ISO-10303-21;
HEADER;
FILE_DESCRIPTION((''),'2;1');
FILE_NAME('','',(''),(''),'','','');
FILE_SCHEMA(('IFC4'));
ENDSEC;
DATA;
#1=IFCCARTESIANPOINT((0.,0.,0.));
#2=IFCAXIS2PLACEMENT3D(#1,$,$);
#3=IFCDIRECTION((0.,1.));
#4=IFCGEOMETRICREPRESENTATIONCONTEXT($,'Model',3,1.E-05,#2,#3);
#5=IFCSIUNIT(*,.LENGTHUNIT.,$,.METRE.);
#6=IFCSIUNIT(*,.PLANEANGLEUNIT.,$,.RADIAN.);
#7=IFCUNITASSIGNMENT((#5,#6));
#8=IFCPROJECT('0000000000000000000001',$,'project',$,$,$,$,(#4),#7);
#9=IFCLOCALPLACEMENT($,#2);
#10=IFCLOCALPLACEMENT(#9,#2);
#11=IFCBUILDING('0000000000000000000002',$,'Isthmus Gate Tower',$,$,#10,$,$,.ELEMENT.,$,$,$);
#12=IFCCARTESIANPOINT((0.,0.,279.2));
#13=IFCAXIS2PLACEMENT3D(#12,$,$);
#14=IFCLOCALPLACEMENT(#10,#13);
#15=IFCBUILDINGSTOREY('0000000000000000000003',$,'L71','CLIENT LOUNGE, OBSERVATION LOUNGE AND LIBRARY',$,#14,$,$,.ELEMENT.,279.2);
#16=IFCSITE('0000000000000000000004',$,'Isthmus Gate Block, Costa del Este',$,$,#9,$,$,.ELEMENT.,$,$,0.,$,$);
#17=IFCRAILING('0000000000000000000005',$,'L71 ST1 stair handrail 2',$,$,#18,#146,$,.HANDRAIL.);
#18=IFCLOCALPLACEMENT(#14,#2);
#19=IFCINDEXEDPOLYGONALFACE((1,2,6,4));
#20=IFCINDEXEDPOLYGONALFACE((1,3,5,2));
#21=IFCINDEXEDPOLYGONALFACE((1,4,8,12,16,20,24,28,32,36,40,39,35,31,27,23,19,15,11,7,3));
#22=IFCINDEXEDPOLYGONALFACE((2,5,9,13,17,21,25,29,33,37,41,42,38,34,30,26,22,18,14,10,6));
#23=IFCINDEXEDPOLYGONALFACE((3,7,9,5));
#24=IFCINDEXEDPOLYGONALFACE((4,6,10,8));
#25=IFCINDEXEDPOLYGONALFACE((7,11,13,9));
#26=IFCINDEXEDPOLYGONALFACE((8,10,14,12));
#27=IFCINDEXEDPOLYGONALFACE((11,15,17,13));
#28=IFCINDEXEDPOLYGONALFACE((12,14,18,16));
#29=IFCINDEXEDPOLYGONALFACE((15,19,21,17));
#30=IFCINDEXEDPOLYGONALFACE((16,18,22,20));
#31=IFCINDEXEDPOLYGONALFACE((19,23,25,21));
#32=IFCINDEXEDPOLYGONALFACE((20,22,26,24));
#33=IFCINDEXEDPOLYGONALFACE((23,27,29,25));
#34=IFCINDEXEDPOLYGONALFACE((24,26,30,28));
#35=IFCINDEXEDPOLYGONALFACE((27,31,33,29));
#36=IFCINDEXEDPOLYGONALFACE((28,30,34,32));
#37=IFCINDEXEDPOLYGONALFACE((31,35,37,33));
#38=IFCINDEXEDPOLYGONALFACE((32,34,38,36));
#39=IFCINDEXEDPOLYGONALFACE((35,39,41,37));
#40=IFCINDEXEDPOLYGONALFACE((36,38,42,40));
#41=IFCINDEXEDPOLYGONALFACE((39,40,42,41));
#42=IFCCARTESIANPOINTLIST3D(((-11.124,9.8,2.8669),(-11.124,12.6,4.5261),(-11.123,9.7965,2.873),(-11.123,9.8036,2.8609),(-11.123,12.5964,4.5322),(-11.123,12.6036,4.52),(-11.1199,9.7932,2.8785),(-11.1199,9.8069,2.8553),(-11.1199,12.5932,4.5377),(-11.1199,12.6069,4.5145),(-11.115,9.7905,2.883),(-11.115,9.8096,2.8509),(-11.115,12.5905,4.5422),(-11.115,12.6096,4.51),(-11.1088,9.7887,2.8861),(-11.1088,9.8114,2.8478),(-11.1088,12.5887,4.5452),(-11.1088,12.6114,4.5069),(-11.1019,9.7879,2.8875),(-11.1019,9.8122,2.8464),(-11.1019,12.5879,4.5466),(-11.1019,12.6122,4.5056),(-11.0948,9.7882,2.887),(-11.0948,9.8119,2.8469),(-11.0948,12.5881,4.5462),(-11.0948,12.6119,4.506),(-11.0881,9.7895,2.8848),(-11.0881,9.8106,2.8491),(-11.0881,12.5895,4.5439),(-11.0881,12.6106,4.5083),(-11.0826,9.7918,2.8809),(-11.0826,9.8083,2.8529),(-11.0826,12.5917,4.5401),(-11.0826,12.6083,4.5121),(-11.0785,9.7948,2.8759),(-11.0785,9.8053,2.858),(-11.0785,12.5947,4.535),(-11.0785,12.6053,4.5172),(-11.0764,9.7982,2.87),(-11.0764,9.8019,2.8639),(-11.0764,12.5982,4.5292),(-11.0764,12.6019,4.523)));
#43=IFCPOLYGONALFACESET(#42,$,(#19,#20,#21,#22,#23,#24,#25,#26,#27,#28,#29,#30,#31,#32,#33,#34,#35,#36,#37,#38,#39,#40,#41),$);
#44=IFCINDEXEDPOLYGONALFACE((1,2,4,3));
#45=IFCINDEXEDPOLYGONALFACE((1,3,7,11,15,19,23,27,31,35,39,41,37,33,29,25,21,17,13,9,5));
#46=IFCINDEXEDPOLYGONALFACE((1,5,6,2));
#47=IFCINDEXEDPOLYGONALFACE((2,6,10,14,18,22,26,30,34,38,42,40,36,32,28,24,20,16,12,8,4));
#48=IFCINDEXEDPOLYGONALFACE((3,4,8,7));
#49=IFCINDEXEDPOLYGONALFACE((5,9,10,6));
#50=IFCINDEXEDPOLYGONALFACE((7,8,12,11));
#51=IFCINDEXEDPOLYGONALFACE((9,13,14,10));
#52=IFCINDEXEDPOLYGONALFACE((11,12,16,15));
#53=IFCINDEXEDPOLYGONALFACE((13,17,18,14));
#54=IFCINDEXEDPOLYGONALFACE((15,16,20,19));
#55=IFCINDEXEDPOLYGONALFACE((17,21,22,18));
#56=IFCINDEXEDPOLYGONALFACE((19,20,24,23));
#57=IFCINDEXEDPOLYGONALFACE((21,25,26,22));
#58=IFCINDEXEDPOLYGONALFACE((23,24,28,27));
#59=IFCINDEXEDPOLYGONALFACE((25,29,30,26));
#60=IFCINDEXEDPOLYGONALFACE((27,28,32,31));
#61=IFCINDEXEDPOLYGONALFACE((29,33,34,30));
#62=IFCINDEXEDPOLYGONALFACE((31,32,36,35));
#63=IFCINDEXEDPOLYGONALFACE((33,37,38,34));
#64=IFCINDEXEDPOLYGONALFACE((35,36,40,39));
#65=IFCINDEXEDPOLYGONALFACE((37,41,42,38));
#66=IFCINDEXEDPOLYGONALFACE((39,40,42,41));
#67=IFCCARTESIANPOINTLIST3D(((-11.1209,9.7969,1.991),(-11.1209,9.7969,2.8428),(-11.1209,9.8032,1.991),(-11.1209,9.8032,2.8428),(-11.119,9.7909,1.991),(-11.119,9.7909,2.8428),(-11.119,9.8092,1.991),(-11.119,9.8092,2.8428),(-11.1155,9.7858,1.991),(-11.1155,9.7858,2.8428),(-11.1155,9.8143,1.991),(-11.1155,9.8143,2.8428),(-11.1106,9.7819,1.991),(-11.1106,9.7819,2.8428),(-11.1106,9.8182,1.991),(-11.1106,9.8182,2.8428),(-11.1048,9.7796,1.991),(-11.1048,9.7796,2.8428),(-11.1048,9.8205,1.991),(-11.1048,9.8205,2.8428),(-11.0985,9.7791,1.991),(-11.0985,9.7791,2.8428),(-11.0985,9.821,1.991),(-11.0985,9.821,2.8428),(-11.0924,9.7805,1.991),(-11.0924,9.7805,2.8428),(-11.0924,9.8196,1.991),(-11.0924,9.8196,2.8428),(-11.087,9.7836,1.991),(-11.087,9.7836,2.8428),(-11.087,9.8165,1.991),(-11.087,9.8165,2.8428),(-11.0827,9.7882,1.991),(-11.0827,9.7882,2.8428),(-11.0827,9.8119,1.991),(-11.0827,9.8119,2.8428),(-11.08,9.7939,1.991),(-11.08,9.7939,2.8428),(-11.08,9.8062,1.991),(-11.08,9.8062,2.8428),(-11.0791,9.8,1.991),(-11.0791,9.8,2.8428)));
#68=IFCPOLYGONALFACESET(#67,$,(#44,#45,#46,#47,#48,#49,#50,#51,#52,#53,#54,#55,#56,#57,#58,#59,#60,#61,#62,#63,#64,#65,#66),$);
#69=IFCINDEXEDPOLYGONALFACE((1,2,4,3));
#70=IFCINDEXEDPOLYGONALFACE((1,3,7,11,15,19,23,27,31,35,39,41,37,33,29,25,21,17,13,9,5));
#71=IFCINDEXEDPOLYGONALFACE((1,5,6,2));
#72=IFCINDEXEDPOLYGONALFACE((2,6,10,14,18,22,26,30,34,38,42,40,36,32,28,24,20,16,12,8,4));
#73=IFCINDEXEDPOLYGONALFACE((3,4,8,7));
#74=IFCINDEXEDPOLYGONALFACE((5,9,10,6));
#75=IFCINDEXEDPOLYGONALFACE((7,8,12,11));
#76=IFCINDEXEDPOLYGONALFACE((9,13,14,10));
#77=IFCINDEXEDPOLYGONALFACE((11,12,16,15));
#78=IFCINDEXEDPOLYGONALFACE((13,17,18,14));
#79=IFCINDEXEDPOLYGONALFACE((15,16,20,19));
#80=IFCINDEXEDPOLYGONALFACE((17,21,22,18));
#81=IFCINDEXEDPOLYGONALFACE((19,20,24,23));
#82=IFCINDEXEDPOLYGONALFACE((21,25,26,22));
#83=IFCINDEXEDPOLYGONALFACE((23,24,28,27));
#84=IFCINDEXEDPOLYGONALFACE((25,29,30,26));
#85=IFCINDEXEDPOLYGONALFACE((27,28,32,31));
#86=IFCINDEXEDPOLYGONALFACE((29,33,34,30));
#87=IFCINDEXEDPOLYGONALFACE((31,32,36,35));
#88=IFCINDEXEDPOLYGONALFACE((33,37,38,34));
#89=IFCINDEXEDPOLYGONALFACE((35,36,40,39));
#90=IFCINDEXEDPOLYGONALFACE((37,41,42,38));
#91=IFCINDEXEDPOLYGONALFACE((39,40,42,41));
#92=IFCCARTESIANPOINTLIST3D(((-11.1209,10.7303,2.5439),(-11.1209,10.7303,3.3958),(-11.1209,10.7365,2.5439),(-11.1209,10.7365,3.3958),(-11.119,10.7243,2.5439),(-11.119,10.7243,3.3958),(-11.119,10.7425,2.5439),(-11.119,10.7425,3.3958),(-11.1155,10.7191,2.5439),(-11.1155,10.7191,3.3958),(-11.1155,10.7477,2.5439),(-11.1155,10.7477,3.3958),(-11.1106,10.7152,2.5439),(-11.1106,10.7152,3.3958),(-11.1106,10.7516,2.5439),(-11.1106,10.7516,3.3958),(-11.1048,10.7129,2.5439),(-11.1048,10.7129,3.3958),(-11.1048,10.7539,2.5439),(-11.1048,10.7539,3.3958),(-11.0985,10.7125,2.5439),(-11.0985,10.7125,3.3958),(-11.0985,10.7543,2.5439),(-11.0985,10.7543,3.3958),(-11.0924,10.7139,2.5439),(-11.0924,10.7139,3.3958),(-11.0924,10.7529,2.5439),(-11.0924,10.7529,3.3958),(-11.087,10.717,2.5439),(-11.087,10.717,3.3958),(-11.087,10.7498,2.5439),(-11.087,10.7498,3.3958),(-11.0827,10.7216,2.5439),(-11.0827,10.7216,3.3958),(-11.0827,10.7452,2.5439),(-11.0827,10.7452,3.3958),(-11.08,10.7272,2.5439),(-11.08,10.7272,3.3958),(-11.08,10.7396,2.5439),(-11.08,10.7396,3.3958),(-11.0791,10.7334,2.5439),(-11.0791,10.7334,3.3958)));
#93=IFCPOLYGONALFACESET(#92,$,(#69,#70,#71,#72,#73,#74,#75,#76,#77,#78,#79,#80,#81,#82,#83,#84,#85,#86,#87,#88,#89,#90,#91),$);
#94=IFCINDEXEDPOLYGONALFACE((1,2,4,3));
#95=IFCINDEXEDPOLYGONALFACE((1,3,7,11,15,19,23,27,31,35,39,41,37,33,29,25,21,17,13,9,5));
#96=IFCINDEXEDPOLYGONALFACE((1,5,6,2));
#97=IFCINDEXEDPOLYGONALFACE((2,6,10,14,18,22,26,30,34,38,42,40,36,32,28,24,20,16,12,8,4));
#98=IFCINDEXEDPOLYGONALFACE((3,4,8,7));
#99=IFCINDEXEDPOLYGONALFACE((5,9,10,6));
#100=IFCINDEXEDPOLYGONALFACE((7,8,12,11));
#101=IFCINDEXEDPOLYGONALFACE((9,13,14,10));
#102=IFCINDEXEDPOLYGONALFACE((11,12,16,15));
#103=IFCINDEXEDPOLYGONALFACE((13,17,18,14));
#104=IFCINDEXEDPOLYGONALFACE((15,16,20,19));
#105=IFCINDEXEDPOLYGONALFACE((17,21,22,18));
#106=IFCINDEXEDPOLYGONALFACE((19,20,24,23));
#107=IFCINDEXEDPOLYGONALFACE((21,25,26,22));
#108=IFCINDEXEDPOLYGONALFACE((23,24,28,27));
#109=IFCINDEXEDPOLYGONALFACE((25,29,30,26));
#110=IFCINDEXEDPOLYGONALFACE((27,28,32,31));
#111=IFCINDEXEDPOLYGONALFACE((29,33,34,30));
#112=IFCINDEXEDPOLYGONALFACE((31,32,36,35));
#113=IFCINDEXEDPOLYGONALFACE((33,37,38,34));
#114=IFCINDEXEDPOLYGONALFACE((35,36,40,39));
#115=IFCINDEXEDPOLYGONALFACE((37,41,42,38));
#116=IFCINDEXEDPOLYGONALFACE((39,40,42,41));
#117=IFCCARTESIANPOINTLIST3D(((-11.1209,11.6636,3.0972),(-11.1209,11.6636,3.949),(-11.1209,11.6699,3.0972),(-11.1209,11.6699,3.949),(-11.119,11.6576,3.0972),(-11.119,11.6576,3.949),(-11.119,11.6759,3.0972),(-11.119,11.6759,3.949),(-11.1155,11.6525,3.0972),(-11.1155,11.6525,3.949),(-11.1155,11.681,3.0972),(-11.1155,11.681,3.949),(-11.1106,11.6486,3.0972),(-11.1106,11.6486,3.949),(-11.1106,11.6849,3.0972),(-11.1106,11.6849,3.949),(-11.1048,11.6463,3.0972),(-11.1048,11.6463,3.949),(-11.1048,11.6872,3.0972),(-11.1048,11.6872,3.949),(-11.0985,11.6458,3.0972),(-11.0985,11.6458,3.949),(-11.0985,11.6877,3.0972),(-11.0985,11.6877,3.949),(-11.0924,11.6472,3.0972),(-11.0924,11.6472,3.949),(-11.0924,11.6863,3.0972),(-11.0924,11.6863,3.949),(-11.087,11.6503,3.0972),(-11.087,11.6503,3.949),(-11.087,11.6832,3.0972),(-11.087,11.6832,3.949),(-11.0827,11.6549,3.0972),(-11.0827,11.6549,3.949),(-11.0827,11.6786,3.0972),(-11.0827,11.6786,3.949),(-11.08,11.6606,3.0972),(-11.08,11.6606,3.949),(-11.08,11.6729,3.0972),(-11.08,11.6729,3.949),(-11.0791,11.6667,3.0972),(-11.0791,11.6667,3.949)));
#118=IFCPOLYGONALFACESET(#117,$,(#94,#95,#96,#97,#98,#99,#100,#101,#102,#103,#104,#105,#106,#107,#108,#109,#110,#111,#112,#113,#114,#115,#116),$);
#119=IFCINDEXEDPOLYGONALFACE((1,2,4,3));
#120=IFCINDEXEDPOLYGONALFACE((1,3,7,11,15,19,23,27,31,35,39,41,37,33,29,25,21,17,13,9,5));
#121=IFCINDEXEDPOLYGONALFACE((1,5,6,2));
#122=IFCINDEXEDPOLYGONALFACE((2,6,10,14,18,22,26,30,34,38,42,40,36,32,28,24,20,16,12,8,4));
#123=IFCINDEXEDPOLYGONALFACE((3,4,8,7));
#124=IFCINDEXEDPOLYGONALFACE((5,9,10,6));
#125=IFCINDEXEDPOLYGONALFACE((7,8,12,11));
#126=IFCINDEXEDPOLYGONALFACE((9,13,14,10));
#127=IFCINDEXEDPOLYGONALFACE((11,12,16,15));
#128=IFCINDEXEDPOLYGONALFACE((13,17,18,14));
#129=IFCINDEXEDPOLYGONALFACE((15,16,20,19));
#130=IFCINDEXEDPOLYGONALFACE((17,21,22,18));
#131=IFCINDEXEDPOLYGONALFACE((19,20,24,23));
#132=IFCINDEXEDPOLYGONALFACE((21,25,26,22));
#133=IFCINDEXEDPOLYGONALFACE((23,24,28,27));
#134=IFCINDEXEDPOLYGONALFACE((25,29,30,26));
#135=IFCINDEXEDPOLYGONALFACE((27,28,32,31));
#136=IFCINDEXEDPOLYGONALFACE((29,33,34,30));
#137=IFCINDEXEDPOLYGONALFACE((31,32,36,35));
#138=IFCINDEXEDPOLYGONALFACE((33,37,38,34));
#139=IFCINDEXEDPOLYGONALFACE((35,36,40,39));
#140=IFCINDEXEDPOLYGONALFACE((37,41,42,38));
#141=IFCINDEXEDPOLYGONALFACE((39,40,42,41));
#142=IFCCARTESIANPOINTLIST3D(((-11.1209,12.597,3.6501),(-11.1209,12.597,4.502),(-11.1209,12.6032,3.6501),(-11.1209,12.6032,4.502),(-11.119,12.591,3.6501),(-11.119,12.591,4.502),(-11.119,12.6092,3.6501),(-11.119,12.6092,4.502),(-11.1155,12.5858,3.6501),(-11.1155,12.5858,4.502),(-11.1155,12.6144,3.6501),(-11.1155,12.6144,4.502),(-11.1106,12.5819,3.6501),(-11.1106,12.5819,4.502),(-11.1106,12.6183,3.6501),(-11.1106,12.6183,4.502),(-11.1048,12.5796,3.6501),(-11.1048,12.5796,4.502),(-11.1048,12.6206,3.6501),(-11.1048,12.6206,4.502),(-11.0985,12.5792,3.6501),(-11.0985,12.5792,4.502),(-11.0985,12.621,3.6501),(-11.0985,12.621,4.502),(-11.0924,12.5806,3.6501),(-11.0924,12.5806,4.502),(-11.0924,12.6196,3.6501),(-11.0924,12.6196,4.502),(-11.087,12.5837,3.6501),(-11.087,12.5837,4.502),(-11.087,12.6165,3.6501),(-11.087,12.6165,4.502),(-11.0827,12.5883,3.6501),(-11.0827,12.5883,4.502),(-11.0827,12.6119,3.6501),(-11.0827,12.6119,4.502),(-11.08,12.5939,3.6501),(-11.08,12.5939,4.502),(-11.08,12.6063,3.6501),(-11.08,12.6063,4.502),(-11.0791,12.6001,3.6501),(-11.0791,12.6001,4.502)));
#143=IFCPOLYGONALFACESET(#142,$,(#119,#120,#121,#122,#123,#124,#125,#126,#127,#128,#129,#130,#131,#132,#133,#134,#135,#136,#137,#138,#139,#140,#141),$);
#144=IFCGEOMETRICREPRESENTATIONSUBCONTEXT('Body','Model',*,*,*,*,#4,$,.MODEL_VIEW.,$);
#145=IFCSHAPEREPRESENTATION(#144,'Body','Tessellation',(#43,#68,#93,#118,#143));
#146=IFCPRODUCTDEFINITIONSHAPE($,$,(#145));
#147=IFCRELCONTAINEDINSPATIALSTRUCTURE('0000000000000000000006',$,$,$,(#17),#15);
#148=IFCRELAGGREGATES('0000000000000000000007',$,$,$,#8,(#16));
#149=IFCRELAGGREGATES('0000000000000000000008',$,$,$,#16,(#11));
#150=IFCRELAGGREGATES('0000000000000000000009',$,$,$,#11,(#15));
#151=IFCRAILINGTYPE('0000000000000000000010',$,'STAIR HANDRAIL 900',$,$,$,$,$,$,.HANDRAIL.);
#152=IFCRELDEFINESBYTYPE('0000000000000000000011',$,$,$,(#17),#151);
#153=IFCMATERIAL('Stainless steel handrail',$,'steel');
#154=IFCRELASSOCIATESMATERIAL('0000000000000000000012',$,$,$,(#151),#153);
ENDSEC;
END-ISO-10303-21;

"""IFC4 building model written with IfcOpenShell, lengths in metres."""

from ifc_helpers import new_model, si_unit, direction, frame, origin, origin_2d, place, context, subcontext, project, spatial, circle, extrude, material, type_object, element, save


model = new_model("IFC4")

# Units and contexts
model_context = context("Model", 3, precision=1e-05, world=origin(), true_north=direction((0.0, 1.0)))
body_context = subcontext(model_context, "Body", "Model", "MODEL_VIEW")
ifc_project = project(units=[si_unit("LENGTHUNIT", "METRE"), si_unit("PLANEANGLEUNIT", "RADIAN")], contexts=[model_context])

# Site, building, storey
site_placement = place(None, origin())
site = spatial("IfcSite", under=ifc_project, at=site_placement, Name="Isthmus Gate Block, Costa del Este", CompositionType="ELEMENT", RefElevation=0.0)
building_placement = place(site_placement, origin())
building = spatial("IfcBuilding", under=site, at=building_placement, Name="Isthmus Gate Tower", CompositionType="ELEMENT")
storey_placement = place(building_placement, frame((0.0, 0.0, 279.2)))
storey = spatial("IfcBuildingStorey", under=building, at=storey_placement, Name="L71", Description="CLIENT LOUNGE, OBSERVATION LOUNGE AND LIBRARY", CompositionType="ELEMENT", Elevation=279.2)

# Railing
ifc_material_1 = material(Name="Stainless steel handrail", Category="steel")
railing_type_1 = type_object("IfcRailingType", Name="STAIR HANDRAIL 900", PredefinedType="HANDRAIL", material=ifc_material_1)
railing_1_placement = place(storey_placement, frame((-11.1001, 9.8, 1.991)))
element("IfcRailing", 1, at=railing_1_placement, inside=storey, type_object=railing_type_1, Name="L71 ST1 stair handrail 2", PredefinedType="HANDRAIL", context=body_context, shape_type="SweptSolid", body=[
    extrude(circle(Radius=0.0239, at=origin_2d()), frame((0.0, 0.0, 0.876), z_axis=(0.0, 0.860306, 0.509778), x_axis=(-1.0, 0.0, 0.0)), (0.0, 0.0, 1.0), 3.2546),
    extrude(circle(Radius=0.021, at=origin_2d()), origin(), (0.0, 0.0, 1.0), 0.8518),
    extrude(circle(Radius=0.021, at=origin_2d()), frame((0.0, 0.9333, 0.553)), (0.0, 0.0, 1.0), 0.8518),
    extrude(circle(Radius=0.021, at=origin_2d()), frame((0.0, 1.8667, 1.1062)), (0.0, 0.0, 1.0), 0.8518),
    extrude(circle(Radius=0.021, at=origin_2d()), frame((0.0, 2.8, 1.6592)), (0.0, 0.0, 1.0), 0.8518),
])

save(model, "model.ifc")
